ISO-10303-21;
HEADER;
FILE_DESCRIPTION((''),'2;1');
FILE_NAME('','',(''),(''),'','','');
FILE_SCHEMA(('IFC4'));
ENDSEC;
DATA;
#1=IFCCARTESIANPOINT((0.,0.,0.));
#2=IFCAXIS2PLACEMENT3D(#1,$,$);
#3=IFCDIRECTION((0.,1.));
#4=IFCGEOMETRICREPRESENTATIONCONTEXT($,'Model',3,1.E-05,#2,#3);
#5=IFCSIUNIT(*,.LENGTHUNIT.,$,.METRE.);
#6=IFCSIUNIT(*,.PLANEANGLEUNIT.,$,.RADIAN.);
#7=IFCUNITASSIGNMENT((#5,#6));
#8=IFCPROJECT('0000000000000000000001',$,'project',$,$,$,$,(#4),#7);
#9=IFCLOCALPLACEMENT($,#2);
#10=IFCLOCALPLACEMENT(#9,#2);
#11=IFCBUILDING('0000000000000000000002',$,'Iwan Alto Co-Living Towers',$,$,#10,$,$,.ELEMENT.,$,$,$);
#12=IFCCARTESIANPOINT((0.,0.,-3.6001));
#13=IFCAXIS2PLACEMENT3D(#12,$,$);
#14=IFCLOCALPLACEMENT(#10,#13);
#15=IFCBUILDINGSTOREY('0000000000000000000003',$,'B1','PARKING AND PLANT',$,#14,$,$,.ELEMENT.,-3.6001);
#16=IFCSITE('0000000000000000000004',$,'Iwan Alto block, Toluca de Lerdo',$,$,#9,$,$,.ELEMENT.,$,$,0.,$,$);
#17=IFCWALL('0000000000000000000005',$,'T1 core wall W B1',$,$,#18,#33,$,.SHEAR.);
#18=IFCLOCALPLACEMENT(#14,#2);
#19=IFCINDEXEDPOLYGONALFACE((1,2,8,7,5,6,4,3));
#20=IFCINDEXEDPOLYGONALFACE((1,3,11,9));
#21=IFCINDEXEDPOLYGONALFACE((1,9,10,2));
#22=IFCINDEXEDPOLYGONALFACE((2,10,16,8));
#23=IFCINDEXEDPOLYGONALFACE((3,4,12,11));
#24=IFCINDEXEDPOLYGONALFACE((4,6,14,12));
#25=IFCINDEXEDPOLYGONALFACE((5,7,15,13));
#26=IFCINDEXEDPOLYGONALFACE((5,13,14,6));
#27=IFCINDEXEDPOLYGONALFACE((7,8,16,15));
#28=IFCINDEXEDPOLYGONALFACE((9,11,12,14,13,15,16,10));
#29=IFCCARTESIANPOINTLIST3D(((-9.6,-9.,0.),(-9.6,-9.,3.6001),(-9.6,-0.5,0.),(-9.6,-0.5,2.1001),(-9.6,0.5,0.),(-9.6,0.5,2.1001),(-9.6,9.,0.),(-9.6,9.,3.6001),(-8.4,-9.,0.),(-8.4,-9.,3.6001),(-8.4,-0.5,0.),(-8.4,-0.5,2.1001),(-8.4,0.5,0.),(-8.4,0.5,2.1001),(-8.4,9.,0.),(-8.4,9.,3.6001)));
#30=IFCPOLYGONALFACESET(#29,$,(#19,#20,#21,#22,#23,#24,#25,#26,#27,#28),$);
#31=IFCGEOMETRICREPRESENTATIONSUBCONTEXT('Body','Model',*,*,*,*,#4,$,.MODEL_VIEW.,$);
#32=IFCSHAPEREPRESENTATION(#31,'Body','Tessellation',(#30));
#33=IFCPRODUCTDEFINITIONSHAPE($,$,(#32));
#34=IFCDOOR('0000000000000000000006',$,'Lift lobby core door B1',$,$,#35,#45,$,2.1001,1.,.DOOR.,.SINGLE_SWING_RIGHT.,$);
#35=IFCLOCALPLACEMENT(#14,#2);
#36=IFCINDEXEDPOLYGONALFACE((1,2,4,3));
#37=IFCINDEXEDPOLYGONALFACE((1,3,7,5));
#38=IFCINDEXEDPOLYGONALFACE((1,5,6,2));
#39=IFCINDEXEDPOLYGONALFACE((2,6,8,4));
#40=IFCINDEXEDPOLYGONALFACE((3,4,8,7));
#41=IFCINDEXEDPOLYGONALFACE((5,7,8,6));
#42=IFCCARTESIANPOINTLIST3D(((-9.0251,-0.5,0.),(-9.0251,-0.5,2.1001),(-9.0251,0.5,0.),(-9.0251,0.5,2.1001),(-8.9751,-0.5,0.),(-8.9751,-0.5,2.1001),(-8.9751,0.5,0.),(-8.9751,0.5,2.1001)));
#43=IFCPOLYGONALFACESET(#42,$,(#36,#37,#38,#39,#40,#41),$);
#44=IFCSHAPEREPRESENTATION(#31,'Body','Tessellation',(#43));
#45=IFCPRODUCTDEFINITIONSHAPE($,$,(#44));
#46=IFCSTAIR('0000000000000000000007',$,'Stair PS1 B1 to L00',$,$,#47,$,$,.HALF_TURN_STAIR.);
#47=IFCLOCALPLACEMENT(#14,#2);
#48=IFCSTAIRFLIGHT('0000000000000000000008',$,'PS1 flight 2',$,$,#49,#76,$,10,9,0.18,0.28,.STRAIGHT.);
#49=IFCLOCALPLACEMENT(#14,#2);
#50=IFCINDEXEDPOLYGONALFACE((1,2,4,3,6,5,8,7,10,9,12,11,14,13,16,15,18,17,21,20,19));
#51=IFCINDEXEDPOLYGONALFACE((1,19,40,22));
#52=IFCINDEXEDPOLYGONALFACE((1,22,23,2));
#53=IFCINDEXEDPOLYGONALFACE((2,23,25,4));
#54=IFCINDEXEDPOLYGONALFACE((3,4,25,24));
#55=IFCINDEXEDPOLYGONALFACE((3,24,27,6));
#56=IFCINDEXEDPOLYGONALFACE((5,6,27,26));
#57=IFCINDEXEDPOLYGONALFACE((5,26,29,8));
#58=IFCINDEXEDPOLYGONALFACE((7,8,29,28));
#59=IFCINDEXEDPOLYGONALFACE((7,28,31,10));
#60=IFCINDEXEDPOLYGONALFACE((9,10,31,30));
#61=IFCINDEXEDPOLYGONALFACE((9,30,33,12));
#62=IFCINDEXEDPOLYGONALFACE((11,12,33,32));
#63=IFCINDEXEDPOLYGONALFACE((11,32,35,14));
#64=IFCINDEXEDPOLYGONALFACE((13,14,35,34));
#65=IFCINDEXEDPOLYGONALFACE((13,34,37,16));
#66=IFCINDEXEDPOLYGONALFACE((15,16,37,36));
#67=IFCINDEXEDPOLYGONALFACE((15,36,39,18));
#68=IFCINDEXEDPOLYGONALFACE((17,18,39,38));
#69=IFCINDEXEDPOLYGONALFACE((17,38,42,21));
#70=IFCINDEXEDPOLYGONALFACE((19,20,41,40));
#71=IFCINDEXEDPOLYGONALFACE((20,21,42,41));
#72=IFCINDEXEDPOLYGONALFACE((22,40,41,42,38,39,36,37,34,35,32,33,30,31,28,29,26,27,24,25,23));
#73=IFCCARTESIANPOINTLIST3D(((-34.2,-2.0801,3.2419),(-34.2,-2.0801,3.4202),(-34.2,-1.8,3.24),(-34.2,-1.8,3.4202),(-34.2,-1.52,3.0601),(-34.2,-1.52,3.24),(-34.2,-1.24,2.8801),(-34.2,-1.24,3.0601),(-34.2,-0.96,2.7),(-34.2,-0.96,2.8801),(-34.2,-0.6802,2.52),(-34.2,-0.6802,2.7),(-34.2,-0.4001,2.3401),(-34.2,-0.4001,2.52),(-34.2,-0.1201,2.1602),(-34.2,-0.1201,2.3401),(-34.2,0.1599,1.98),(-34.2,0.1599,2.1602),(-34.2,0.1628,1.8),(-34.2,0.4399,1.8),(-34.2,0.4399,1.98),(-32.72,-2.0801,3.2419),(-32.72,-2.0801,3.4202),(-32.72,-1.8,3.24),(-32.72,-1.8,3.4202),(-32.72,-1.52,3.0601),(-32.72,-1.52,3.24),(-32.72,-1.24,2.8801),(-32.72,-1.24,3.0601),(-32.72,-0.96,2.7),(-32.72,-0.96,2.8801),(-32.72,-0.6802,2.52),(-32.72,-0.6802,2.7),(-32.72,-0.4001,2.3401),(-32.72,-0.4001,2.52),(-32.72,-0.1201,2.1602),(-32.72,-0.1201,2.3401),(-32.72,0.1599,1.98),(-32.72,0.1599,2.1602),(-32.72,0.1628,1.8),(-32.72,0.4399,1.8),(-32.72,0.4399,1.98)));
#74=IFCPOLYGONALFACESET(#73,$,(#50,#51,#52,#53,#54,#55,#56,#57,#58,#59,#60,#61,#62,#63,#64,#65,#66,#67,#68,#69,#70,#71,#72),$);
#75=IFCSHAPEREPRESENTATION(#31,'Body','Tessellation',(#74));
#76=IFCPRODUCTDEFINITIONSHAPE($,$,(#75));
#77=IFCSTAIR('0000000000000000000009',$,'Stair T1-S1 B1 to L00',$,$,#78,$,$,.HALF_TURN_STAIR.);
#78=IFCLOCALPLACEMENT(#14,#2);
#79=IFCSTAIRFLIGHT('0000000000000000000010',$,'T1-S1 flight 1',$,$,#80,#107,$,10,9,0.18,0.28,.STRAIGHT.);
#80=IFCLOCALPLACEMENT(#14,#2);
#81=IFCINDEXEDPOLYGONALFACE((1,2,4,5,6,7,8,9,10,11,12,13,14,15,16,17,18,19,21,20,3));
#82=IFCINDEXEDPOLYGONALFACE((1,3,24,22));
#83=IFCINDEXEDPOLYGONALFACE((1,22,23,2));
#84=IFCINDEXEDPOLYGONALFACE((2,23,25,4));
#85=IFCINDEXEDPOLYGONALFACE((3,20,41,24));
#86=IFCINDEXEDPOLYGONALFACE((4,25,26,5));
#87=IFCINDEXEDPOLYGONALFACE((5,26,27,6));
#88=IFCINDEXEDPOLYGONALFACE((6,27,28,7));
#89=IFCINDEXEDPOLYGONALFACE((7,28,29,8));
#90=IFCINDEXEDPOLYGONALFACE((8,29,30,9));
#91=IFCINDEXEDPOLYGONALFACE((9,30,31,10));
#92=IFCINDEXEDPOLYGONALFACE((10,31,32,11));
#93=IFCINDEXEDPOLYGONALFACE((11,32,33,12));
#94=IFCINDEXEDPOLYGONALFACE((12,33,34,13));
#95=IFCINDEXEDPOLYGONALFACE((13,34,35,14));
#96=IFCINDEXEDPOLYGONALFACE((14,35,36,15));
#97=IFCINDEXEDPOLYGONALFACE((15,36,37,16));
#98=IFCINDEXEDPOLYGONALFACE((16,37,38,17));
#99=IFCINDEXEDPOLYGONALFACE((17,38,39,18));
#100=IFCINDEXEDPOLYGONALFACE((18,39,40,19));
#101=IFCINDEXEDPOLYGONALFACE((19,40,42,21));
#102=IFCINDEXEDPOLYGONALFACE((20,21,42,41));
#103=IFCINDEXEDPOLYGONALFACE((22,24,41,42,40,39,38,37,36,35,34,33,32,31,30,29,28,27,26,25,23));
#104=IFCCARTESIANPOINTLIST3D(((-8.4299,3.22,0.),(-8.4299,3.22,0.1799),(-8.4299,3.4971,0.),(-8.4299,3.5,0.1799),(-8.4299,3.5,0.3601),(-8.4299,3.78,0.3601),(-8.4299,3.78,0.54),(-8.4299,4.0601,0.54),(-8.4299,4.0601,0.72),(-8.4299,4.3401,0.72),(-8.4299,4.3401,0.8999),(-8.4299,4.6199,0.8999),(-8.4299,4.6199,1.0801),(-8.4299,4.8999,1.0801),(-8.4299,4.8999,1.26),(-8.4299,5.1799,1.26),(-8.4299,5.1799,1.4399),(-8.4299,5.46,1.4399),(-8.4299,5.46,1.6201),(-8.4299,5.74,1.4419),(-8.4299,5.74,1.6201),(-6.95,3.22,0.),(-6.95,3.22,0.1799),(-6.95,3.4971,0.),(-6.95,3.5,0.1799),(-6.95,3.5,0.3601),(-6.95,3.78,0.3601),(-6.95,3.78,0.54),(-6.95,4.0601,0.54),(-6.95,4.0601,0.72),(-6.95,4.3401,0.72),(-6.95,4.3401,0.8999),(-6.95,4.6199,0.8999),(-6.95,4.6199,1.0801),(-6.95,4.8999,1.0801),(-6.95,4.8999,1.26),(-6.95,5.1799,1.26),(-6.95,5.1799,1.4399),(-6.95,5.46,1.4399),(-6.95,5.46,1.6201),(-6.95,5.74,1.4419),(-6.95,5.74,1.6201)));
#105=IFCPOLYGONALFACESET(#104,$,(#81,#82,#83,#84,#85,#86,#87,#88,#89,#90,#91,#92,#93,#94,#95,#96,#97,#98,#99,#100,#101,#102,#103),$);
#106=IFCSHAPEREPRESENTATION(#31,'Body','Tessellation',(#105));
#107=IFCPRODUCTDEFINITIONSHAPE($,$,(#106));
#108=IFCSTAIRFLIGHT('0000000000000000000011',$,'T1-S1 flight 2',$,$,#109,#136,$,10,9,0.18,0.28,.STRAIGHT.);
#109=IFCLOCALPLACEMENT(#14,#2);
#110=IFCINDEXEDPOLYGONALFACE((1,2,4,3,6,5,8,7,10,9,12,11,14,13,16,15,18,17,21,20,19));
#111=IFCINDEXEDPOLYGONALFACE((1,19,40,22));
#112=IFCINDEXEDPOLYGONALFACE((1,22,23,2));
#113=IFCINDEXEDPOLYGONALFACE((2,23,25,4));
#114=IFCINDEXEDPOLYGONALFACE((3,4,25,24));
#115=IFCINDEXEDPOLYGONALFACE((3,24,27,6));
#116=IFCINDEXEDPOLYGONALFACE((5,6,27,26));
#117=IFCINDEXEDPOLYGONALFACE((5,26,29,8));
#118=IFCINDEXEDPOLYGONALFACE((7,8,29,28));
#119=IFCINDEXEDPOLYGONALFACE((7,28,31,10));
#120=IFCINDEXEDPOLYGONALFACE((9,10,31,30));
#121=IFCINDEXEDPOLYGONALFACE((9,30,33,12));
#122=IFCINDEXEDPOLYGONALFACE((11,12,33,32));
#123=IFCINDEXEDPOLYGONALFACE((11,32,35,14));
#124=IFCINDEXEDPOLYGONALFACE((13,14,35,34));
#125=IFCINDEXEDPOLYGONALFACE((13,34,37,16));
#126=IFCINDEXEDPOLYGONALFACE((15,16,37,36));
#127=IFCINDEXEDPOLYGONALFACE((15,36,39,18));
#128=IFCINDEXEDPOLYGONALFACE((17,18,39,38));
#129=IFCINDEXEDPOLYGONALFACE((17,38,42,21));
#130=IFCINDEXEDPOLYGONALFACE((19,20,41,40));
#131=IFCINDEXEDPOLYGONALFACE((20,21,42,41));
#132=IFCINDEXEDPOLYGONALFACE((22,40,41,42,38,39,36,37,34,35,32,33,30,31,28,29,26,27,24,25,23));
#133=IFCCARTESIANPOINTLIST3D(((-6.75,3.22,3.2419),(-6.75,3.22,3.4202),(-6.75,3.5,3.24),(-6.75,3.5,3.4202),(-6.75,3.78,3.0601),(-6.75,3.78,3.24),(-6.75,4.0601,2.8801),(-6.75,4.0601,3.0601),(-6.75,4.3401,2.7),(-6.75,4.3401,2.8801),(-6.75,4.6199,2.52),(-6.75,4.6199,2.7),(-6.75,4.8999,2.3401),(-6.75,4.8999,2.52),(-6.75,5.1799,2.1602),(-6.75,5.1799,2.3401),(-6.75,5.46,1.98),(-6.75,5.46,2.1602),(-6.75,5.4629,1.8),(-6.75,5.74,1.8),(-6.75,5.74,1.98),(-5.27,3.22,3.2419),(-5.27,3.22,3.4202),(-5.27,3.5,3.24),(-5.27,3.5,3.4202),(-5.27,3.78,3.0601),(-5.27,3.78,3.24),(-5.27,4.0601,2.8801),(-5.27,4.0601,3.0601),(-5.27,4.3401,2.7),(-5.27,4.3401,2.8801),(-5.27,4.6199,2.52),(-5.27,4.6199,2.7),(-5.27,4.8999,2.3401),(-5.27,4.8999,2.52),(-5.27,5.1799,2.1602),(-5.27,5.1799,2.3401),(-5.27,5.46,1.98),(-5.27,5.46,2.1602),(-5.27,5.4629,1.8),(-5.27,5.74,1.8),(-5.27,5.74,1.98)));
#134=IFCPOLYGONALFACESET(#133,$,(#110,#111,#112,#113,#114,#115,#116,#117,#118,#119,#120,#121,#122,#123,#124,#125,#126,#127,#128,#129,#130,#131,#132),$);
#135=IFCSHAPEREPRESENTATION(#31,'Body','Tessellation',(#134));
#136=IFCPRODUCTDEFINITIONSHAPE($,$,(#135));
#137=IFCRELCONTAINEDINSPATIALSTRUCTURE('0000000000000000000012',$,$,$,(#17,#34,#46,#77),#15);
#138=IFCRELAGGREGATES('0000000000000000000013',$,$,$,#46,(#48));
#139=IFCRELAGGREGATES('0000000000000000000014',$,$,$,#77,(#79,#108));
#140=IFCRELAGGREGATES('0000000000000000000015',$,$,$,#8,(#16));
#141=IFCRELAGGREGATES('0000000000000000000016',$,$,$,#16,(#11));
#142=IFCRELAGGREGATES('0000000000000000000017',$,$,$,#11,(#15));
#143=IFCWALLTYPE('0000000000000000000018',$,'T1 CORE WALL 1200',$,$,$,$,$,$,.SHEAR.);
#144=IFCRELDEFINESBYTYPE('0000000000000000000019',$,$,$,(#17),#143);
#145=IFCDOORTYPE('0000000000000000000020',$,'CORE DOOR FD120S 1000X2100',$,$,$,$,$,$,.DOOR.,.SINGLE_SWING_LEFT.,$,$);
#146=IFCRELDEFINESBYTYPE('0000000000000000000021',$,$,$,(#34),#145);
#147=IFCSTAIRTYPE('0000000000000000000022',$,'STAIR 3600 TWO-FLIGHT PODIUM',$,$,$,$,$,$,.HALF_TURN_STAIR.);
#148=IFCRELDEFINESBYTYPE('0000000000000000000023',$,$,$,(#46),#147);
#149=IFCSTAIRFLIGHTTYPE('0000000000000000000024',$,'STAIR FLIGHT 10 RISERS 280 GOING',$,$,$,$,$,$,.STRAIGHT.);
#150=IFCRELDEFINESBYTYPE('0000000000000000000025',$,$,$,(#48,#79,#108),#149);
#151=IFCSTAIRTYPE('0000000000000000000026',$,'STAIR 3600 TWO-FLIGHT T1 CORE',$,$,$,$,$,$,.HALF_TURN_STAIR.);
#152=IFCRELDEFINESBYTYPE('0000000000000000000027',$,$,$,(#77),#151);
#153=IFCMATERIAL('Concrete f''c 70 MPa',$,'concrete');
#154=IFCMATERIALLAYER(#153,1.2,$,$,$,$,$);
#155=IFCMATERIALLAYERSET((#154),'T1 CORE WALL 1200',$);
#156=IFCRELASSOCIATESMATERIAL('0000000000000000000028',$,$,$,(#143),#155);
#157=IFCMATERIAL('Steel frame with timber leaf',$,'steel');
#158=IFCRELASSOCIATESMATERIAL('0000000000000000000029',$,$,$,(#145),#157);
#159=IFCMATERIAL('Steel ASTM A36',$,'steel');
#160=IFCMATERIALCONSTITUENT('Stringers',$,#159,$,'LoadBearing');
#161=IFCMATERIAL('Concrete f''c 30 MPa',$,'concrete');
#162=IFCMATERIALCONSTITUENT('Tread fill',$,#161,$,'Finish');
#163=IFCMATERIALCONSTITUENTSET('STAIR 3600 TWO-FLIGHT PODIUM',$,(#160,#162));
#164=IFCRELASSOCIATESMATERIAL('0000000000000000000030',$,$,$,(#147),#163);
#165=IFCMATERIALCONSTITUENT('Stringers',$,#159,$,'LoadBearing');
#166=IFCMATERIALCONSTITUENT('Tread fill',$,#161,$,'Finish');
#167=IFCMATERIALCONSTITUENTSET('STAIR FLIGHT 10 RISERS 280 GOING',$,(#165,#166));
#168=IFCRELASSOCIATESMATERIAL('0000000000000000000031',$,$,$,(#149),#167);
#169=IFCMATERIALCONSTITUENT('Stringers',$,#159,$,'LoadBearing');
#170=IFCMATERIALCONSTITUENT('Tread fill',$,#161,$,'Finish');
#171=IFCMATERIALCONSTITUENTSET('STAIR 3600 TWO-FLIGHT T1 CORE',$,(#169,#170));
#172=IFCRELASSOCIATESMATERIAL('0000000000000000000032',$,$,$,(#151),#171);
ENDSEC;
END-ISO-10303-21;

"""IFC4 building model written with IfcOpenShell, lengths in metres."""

from ifc_helpers import new_model, si_unit, direction, frame, frame_2d, origin, place, context, subcontext, project, spatial, polyline, rectangle, outline, extrude, material, layer, layer_set, constituent, constituent_set, type_object, element, fill, aggregate, save


model = new_model("IFC4")

# Units and contexts
model_context = context("Model", 3, precision=1e-05, world=origin(), true_north=direction((0.0, 1.0)))
body_context = subcontext(model_context, "Body", "Model", "MODEL_VIEW")
ifc_project = project(units=[si_unit("LENGTHUNIT", "METRE"), si_unit("PLANEANGLEUNIT", "RADIAN")], contexts=[model_context])

# Site, building, storey
site_placement = place(None, origin())
site = spatial("IfcSite", under=ifc_project, at=site_placement, Name="Iwan Alto block, Toluca de Lerdo", CompositionType="ELEMENT", RefElevation=0.0)
building_placement = place(site_placement, origin())
building = spatial("IfcBuilding", under=site, at=building_placement, Name="Iwan Alto Co-Living Towers", CompositionType="ELEMENT")
storey_placement = place(building_placement, frame((0.0, 0.0, -3.6001)))
storey = spatial("IfcBuildingStorey", under=building, at=storey_placement, Name="B1", Description="PARKING AND PLANT", CompositionType="ELEMENT", Elevation=-3.6001)

# Wall, opening, door
ifc_material_1 = material(Name="Concrete f'c 70 MPa", Category="concrete")
ifc_layer_1 = layer(ifc_material_1, 1.2)
ifc_layer_set_1 = layer_set([ifc_layer_1], Name="T1 CORE WALL 1200")
wall_type_1 = type_object("IfcWallType", Name="T1 CORE WALL 1200", PredefinedType="SHEAR", material=ifc_layer_set_1)
wall_1_placement = place(storey_placement, frame((-9.0, 9.0, 0.0), z_axis=(0.0, 0.0, 1.0), x_axis=(0.0, -1.0, 0.0)))
wall_1 = element("IfcWall", 1, at=wall_1_placement, inside=storey, type_object=wall_type_1, Name="T1 core wall W B1", PredefinedType="SHEAR", context=body_context, shape_type="SweptSolid", body=[
    extrude(rectangle(XDim=18.0, YDim=1.2, at=frame_2d((9.0, 0.0))), origin(), (0.0, 0.0, 1.0), 3.6001),
])
opening_1_placement = place(wall_1_placement, frame((8.5, 0.0, 0.0)))
opening_1 = element("IfcOpeningElement", 2, at=opening_1_placement, cuts=wall_1, PredefinedType="OPENING", context=body_context, shape_type="SweptSolid", body=[
    extrude(rectangle(XDim=1.0, YDim=2.1001, at=frame_2d((0.5, 1.05))), frame((0.0, 0.6099, 0.0), z_axis=(0.0, -1.0, 0.0), x_axis=(1.0, 0.0, 0.0)), (0.0, 0.0, 1.0), 1.22),
])
ifc_material_2 = material(Name="Steel frame with timber leaf", Category="steel")
door_type_1 = type_object("IfcDoorType", Name="CORE DOOR FD120S 1000X2100", OperationType="SINGLE_SWING_LEFT", PredefinedType="DOOR", material=ifc_material_2)
door_1_placement = place(opening_1_placement, origin())
door_1 = element("IfcDoor", 3, at=door_1_placement, inside=storey, type_object=door_type_1, Name="Lift lobby core door B1", OperationType="SINGLE_SWING_RIGHT", OverallHeight=2.1001, OverallWidth=1.0, PredefinedType="DOOR", context=body_context, shape_type="SweptSolid", body=[
    extrude(rectangle(XDim=1.0, YDim=2.1001, at=frame_2d((0.5, 1.05))), frame((0.0, 0.0249, 0.0), z_axis=(0.0, -1.0, 0.0), x_axis=(1.0, 0.0, 0.0)), (0.0, 0.0, 1.0), 0.05),
])
fill(opening_1, door_1)

# Stair, stair flight
ifc_material_3 = material(Name="Steel ASTM A36", Category="steel")
ifc_constituent_1 = constituent(ifc_material_3, Name="Stringers", Category="LoadBearing")
ifc_material_4 = material(Name="Concrete f'c 30 MPa", Category="concrete")
ifc_constituent_2 = constituent(ifc_material_4, Name="Tread fill", Category="Finish")
ifc_constituent_set_1 = constituent_set(constituents=[ifc_constituent_1, ifc_constituent_2], Name="STAIR 3600 TWO-FLIGHT PODIUM")
stair_type_1 = type_object("IfcStairType", Name="STAIR 3600 TWO-FLIGHT PODIUM", PredefinedType="HALF_TURN_STAIR", material=ifc_constituent_set_1)
stair_1_placement = place(storey_placement, origin())
stair_1 = element("IfcStair", 4, at=stair_1_placement, inside=storey, type_object=stair_type_1, Name="Stair PS1 B1 to L00", PredefinedType="HALF_TURN_STAIR")
ifc_constituent_3 = constituent(ifc_material_3, Name="Stringers", Category="LoadBearing")
ifc_constituent_4 = constituent(ifc_material_4, Name="Tread fill", Category="Finish")
ifc_constituent_set_2 = constituent_set(constituents=[ifc_constituent_3, ifc_constituent_4], Name="STAIR FLIGHT 10 RISERS 280 GOING")
stair_flight_type = type_object("IfcStairFlightType", Name="STAIR FLIGHT 10 RISERS 280 GOING", PredefinedType="STRAIGHT", material=ifc_constituent_set_2)
stair_flight_1_placement = place(storey_placement, frame((-33.46, 0.4399, 1.8), z_axis=(0.0, 0.0, 1.0), x_axis=(0.0, -1.0, 0.0)))
stair_flight_1 = element("IfcStairFlight", 5, at=stair_flight_1_placement, type_object=stair_flight_type, Name="PS1 flight 2", NumberOfRisers=10, NumberOfTreads=9, PredefinedType="STRAIGHT", RiserHeight=0.18, TreadLength=0.28, context=body_context, shape_type="SweptSolid", body=[
    extrude(outline(polyline([(0.0, 0.0), (0.0, 0.1799), (0.28, 0.1799), (0.28, 0.3601), (0.5601, 0.3601), (0.5601, 0.54), (0.8401, 0.54), (0.8401, 0.72), (1.1201, 0.72), (1.1201, 0.8999), (1.3999, 0.8999), (1.3999, 1.0801), (1.6799, 1.0801), (1.6799, 1.26), (1.96, 1.26), (1.96, 1.4399), (2.24, 1.4399), (2.24, 1.6201), (2.52, 1.6201), (2.52, 1.8), (2.52, 1.4419), (0.2771, 0.0), (0.0, 0.0)])), frame((0.0, 0.74, 0.0), z_axis=(0.0, -1.0, 0.0), x_axis=(1.0, 0.0, 0.0)), (0.0, 0.0, 1.0), 1.48),
])
aggregate(stair_1, [stair_flight_1])

# Stair, stair flights
ifc_constituent_5 = constituent(ifc_material_3, Name="Stringers", Category="LoadBearing")
ifc_constituent_6 = constituent(ifc_material_4, Name="Tread fill", Category="Finish")
ifc_constituent_set_3 = constituent_set(constituents=[ifc_constituent_5, ifc_constituent_6], Name="STAIR 3600 TWO-FLIGHT T1 CORE")
stair_type_2 = type_object("IfcStairType", Name="STAIR 3600 TWO-FLIGHT T1 CORE", PredefinedType="HALF_TURN_STAIR", material=ifc_constituent_set_3)
stair_2_placement = place(storey_placement, origin())
stair_2 = element("IfcStair", 6, at=stair_2_placement, inside=storey, type_object=stair_type_2, Name="Stair T1-S1 B1 to L00", PredefinedType="HALF_TURN_STAIR")
stair_flight_2_placement = place(storey_placement, frame((-7.6899, 3.22, 0.0), z_axis=(0.0, 0.0, 1.0), x_axis=(0.0, 1.0, 0.0)))
stair_flight_2 = element("IfcStairFlight", 7, at=stair_flight_2_placement, type_object=stair_flight_type, Name="T1-S1 flight 1", NumberOfRisers=10, NumberOfTreads=9, PredefinedType="STRAIGHT", RiserHeight=0.18, TreadLength=0.28, context=body_context, shape_type="SweptSolid", body=[
    extrude(outline(polyline([(0.0, 0.0), (0.0, 0.1799), (0.28, 0.1799), (0.28, 0.3601), (0.5601, 0.3601), (0.5601, 0.54), (0.8401, 0.54), (0.8401, 0.72), (1.1201, 0.72), (1.1201, 0.8999), (1.3999, 0.8999), (1.3999, 1.0801), (1.6799, 1.0801), (1.6799, 1.26), (1.96, 1.26), (1.96, 1.4399), (2.24, 1.4399), (2.24, 1.6201), (2.52, 1.6201), (2.52, 1.8), (2.52, 1.4419), (0.2771, 0.0), (0.0, 0.0)])), frame((0.0, 0.74, 0.0), z_axis=(0.0, -1.0, 0.0), x_axis=(1.0, 0.0, 0.0)), (0.0, 0.0, 1.0), 1.48),
])
stair_flight_3_placement = place(storey_placement, frame((-6.01, 5.74, 1.8), z_axis=(0.0, 0.0, 1.0), x_axis=(0.0, -1.0, 0.0)))
stair_flight_3 = element("IfcStairFlight", 8, at=stair_flight_3_placement, type_object=stair_flight_type, Name="T1-S1 flight 2", NumberOfRisers=10, NumberOfTreads=9, PredefinedType="STRAIGHT", RiserHeight=0.18, TreadLength=0.28, context=body_context, shape_type="SweptSolid", body=[
    extrude(outline(polyline([(0.0, 0.0), (0.0, 0.1799), (0.28, 0.1799), (0.28, 0.3601), (0.5601, 0.3601), (0.5601, 0.54), (0.8401, 0.54), (0.8401, 0.72), (1.1201, 0.72), (1.1201, 0.8999), (1.3999, 0.8999), (1.3999, 1.0801), (1.6799, 1.0801), (1.6799, 1.26), (1.96, 1.26), (1.96, 1.4399), (2.24, 1.4399), (2.24, 1.6201), (2.52, 1.6201), (2.52, 1.8), (2.52, 1.4419), (0.2771, 0.0), (0.0, 0.0)])), frame((0.0, 0.74, 0.0), z_axis=(0.0, -1.0, 0.0), x_axis=(1.0, 0.0, 0.0)), (0.0, 0.0, 1.0), 1.48),
])
aggregate(stair_2, [stair_flight_2, stair_flight_3])

save(model, "model.ifc")
